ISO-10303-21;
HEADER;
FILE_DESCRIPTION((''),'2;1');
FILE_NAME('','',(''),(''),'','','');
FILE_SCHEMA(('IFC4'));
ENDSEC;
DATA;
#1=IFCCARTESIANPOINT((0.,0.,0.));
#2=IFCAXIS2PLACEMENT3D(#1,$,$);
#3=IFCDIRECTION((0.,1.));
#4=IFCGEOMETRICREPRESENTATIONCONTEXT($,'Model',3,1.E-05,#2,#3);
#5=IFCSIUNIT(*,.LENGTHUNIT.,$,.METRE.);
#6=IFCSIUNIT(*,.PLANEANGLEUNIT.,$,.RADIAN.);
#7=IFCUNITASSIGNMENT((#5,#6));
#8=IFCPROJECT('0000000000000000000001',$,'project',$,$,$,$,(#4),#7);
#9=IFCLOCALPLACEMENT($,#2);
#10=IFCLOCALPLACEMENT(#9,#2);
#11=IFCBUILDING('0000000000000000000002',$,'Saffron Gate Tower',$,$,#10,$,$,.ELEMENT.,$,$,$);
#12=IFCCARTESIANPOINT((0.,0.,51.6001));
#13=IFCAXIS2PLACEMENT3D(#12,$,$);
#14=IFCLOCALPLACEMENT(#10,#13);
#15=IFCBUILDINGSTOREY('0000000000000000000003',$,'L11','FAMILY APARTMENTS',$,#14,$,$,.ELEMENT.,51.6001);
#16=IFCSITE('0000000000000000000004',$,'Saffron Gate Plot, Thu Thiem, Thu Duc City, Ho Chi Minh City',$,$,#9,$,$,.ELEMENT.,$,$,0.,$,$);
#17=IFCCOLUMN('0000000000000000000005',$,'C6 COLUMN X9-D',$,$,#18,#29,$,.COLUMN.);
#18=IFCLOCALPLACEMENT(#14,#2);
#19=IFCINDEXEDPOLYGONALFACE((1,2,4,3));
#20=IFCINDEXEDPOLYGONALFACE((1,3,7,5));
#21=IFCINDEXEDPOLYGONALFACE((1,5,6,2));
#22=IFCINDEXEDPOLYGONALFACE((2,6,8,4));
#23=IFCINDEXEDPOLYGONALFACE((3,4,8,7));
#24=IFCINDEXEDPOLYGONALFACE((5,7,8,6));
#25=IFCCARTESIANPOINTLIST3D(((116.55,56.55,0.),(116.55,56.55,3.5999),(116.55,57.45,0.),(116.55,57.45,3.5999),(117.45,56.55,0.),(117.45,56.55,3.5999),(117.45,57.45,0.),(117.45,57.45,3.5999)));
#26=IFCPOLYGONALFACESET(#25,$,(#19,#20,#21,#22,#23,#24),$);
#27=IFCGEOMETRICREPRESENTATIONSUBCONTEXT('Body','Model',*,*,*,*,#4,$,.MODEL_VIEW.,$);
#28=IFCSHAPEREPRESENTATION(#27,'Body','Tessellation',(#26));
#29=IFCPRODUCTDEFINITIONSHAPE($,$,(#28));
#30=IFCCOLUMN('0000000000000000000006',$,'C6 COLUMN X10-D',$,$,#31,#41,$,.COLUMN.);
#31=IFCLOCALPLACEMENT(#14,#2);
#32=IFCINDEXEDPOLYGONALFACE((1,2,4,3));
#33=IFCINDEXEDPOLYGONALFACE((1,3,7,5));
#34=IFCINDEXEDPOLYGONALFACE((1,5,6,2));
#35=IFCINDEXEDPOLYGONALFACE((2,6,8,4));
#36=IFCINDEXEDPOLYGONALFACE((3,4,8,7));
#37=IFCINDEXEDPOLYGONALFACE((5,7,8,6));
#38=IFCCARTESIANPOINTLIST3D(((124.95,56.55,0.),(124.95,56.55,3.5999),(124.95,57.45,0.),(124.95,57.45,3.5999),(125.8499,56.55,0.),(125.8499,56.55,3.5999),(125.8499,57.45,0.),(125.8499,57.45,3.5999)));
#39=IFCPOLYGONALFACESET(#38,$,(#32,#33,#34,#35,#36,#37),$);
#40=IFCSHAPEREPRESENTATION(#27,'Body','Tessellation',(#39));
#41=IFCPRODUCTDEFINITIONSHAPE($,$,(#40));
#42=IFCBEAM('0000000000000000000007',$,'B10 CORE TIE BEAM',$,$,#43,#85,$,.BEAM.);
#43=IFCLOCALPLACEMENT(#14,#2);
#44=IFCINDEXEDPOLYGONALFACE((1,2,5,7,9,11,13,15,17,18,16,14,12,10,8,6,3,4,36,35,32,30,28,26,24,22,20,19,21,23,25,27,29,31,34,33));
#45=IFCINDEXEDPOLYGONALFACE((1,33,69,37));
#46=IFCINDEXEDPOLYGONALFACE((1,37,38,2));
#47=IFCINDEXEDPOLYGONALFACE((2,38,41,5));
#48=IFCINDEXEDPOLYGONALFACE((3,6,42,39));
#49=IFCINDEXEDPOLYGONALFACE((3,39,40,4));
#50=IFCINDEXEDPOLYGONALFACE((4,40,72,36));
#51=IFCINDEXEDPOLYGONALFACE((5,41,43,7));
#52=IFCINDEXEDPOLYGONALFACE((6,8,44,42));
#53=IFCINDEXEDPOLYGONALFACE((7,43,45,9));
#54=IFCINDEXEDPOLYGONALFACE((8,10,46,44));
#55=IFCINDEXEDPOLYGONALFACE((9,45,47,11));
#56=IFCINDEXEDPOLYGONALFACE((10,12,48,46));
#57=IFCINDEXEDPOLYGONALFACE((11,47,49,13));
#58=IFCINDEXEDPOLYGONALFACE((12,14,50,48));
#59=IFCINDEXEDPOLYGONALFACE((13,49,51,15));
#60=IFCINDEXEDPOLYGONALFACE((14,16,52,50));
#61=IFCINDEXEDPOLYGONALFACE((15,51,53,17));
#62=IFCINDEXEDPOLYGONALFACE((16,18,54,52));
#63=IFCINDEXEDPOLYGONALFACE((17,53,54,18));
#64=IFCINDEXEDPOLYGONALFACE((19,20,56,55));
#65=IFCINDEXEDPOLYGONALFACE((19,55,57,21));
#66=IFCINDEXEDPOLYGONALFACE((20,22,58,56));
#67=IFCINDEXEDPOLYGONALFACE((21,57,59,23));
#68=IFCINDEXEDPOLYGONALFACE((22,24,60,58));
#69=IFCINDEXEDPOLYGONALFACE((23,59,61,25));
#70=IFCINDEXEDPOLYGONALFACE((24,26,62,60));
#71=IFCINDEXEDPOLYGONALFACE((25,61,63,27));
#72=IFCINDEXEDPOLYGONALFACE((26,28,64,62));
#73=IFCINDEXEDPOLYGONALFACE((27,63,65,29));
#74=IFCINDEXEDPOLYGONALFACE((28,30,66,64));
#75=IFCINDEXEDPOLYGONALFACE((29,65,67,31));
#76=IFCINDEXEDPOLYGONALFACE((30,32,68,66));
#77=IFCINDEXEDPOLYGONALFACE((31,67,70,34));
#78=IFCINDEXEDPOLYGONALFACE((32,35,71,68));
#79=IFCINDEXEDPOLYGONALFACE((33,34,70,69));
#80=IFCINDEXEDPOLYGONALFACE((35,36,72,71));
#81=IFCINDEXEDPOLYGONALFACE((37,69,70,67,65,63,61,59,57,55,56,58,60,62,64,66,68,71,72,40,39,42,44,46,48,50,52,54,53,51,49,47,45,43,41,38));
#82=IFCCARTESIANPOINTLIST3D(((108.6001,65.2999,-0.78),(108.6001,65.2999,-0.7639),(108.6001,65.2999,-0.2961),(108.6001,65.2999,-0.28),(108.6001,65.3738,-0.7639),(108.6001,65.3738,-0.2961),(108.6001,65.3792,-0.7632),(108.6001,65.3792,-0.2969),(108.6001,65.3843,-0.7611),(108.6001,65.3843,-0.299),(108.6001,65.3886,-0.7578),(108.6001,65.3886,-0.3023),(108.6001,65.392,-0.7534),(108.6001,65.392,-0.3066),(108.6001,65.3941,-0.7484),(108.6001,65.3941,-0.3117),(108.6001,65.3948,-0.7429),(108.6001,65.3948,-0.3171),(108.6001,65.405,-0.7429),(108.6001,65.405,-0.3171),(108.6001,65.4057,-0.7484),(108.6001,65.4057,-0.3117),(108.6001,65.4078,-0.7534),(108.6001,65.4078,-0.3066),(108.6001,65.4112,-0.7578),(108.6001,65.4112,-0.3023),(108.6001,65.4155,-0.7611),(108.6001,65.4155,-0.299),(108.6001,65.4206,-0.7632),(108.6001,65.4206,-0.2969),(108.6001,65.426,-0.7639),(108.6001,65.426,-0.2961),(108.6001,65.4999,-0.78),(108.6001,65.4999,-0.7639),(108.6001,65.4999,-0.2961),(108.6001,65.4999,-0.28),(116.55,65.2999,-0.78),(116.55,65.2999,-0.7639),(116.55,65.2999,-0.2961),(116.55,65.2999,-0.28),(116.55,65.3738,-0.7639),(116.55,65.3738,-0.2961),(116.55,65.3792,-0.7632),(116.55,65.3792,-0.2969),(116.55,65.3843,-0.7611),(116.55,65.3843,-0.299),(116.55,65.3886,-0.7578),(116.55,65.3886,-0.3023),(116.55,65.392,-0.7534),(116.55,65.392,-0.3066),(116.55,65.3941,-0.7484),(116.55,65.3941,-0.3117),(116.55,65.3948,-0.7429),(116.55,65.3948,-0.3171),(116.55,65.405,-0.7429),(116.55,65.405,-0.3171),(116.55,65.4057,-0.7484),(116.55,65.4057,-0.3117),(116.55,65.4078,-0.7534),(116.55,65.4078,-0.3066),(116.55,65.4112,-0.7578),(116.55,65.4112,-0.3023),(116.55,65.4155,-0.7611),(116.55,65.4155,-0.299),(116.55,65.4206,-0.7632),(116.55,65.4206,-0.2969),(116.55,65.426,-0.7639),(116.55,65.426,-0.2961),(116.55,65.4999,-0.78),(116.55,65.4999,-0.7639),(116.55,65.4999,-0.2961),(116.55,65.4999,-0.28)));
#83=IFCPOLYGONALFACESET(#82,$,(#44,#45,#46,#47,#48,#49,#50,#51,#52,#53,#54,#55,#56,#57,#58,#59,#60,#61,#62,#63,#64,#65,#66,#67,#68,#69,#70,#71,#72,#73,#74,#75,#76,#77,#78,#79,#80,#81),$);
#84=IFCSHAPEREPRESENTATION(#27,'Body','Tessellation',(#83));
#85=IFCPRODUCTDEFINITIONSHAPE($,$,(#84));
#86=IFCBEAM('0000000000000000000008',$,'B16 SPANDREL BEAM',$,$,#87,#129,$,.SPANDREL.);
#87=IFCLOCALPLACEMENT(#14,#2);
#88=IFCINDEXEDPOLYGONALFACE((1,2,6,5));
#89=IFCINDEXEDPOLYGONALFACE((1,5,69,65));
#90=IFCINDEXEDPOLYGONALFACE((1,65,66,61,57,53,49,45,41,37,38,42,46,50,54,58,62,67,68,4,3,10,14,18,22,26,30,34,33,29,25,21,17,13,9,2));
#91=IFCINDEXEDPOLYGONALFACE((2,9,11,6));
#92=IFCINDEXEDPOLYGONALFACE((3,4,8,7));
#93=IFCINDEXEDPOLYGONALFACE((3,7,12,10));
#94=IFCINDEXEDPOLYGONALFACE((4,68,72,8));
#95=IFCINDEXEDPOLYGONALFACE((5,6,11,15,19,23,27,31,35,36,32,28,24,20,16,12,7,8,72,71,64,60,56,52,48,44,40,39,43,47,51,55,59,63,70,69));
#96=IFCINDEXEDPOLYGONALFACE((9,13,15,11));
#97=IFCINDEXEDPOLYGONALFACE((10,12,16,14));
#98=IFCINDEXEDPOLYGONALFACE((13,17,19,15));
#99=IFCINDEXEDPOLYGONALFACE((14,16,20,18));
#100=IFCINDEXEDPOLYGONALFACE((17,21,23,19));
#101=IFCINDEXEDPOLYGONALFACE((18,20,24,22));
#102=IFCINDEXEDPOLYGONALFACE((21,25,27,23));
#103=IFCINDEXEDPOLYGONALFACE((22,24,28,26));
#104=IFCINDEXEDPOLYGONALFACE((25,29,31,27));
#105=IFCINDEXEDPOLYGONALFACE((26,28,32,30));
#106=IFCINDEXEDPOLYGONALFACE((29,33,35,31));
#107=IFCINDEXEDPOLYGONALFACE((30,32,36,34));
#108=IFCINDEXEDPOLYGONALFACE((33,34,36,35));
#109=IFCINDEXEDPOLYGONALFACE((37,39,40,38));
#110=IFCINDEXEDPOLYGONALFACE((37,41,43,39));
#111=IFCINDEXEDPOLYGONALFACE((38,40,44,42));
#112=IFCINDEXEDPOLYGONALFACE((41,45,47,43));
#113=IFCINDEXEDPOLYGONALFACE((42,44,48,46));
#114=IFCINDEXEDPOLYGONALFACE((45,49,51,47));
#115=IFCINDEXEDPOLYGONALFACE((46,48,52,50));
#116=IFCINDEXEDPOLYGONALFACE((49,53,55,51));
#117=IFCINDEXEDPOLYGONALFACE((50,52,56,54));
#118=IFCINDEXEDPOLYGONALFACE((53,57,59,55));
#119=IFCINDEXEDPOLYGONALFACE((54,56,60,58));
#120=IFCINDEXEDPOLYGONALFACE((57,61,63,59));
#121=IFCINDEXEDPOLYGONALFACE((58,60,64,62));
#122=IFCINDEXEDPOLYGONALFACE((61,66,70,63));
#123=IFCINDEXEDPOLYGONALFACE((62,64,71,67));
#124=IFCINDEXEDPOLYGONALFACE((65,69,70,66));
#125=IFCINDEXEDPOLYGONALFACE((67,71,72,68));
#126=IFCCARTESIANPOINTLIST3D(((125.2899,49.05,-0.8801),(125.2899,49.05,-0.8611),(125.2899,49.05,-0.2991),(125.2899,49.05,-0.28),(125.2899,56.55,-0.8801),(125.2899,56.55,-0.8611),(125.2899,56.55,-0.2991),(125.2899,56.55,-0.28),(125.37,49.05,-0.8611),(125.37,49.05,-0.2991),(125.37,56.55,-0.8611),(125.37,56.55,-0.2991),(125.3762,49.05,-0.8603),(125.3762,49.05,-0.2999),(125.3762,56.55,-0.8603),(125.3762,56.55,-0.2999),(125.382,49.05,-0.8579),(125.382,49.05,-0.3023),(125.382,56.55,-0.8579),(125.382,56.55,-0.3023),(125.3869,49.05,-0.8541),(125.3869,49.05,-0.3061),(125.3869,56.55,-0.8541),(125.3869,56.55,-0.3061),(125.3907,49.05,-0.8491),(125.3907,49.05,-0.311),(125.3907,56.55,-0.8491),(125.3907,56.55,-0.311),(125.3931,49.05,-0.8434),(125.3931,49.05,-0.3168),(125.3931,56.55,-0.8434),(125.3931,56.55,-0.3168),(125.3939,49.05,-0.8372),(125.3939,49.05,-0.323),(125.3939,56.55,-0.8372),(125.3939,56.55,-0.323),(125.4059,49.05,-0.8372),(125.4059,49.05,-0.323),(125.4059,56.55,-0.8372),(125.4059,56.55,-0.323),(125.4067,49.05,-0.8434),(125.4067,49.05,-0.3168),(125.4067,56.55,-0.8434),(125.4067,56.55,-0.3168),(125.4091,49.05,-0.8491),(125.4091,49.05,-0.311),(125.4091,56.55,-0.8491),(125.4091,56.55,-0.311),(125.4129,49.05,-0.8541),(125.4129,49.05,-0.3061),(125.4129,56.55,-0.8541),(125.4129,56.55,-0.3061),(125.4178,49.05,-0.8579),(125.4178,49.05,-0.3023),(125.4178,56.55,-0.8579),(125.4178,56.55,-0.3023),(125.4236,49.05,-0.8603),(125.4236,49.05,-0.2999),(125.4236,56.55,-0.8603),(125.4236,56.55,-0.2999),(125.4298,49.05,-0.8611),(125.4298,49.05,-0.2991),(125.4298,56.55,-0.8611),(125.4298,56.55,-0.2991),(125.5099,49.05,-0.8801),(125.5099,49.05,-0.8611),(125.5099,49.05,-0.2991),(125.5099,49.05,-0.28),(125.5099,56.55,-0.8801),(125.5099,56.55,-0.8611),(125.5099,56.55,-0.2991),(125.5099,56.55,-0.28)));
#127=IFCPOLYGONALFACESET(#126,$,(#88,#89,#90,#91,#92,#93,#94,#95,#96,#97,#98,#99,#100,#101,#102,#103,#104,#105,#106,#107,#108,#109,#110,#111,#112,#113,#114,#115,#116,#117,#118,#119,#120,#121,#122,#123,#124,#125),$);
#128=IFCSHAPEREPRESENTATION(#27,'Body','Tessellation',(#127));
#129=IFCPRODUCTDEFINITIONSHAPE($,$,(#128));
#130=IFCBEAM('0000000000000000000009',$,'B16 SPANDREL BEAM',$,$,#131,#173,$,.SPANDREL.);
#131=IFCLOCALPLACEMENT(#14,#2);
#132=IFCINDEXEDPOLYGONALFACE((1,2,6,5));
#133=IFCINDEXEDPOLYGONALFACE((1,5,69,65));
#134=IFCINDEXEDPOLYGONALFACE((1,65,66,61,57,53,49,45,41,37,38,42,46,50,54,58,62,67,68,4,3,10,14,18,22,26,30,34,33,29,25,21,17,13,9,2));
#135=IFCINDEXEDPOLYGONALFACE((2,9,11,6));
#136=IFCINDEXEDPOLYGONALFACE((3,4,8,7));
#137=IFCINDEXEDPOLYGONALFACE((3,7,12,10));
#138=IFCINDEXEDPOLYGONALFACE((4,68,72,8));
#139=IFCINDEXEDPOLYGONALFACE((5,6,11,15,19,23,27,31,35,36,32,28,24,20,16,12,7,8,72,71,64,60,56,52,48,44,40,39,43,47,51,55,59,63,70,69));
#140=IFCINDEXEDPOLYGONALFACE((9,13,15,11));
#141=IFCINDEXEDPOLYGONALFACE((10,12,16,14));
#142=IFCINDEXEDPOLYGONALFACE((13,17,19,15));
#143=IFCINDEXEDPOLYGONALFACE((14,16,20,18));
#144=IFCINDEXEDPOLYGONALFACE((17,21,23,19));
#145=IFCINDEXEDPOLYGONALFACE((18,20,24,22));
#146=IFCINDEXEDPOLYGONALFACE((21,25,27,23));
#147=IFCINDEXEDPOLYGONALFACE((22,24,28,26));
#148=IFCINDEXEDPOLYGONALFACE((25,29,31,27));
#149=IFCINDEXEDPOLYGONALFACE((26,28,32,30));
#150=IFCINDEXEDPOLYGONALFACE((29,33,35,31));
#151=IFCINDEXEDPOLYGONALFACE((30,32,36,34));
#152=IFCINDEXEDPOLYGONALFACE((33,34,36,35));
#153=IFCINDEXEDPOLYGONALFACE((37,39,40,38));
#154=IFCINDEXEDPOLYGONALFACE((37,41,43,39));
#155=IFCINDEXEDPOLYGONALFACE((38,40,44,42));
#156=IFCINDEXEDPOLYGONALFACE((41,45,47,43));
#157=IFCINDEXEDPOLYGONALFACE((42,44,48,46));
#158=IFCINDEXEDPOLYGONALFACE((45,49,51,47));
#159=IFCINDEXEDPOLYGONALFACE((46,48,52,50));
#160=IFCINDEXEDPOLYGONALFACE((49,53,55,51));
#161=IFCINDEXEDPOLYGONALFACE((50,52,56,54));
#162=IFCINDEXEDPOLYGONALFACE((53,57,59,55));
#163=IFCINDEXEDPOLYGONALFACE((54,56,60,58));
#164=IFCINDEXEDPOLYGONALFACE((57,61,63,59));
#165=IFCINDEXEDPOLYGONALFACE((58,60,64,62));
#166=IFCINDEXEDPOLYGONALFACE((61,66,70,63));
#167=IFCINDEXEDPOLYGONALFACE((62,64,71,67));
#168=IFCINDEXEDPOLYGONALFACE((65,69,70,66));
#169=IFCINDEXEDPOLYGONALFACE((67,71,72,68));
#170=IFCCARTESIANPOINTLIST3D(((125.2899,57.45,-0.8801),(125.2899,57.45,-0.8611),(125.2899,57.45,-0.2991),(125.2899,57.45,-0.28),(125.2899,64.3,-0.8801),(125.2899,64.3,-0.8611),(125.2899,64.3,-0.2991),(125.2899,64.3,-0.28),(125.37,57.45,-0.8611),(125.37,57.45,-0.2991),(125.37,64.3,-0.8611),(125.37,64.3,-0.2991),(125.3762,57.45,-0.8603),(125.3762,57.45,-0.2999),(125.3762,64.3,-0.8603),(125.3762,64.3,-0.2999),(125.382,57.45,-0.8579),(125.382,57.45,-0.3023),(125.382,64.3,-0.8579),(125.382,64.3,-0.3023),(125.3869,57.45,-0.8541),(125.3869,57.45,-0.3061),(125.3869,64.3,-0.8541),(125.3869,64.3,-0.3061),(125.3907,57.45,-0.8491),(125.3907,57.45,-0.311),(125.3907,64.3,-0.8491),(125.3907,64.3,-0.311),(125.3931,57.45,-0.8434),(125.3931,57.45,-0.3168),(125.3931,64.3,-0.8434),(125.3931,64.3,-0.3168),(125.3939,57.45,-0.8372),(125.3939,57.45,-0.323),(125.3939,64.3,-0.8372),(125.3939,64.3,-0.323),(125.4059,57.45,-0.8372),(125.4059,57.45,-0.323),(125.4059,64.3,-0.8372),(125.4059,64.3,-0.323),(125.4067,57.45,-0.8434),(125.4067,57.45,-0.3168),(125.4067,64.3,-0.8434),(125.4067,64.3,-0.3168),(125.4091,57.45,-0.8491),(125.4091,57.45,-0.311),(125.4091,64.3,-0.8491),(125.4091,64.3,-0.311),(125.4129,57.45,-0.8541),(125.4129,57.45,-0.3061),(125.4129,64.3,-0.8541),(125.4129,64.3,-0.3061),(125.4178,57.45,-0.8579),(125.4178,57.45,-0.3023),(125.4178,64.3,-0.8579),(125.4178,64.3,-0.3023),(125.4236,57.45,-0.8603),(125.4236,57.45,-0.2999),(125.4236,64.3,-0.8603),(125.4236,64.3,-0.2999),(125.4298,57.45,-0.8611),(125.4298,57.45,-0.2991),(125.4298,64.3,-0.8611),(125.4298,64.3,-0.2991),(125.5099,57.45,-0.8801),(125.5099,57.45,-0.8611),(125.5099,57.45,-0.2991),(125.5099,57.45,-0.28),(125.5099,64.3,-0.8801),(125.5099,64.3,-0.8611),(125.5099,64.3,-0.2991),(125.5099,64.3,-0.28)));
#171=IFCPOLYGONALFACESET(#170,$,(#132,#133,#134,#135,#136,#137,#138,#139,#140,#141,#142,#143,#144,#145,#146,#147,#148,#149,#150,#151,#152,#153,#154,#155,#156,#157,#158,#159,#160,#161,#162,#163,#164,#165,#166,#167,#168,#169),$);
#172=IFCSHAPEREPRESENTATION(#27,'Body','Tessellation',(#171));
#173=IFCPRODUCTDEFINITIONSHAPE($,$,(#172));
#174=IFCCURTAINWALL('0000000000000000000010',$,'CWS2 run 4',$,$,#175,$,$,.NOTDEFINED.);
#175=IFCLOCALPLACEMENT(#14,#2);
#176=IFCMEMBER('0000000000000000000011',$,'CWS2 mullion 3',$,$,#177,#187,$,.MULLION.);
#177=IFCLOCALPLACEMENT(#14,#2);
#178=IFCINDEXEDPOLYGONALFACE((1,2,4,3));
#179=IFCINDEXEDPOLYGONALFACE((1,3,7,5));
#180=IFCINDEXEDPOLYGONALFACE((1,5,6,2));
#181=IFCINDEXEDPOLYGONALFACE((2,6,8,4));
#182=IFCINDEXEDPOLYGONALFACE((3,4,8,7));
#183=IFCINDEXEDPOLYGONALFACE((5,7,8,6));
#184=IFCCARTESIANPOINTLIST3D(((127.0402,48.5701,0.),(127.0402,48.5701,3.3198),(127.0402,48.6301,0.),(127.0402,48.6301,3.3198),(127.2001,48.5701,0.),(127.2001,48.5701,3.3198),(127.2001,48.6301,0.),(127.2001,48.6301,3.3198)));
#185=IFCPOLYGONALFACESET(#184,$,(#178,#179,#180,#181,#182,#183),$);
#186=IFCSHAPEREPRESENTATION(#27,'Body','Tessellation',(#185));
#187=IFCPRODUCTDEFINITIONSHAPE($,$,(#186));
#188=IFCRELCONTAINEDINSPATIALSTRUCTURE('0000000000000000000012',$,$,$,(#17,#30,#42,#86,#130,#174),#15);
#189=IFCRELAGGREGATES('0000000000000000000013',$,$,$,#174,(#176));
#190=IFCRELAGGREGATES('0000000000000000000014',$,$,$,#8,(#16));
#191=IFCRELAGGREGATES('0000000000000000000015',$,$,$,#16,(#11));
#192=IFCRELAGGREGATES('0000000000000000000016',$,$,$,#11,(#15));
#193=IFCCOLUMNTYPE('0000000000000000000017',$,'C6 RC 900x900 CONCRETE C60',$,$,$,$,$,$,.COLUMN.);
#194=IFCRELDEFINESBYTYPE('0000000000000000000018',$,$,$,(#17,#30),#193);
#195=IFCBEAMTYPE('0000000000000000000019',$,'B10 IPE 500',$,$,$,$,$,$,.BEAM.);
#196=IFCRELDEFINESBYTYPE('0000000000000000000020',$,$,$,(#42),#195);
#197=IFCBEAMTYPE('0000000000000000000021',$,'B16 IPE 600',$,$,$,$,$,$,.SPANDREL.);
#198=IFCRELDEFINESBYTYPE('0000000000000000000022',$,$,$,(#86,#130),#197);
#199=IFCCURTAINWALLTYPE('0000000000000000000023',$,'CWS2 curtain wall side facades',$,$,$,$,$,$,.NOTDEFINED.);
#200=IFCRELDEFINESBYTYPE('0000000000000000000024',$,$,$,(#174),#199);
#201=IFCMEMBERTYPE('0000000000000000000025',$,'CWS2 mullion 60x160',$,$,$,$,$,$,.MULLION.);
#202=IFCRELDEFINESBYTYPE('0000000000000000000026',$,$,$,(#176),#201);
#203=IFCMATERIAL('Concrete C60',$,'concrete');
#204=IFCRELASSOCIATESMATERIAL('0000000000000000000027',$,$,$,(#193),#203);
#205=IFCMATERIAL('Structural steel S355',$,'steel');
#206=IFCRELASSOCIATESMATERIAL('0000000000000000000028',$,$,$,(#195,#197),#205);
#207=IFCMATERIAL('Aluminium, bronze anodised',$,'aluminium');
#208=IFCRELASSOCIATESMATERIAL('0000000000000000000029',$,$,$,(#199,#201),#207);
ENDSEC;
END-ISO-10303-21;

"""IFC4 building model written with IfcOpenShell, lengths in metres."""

from ifc_helpers import new_model, si_unit, direction, frame, origin, origin_2d, place, context, subcontext, project, spatial, rectangle, i_section, extrude, material, material_profile, profile_set, type_object, element, aggregate, save


model = new_model("IFC4")

# Units and contexts
model_context = context("Model", 3, precision=1e-05, world=origin(), true_north=direction((0.0, 1.0)))
body_context = subcontext(model_context, "Body", "Model", "MODEL_VIEW")
ifc_project = project(units=[si_unit("LENGTHUNIT", "METRE"), si_unit("PLANEANGLEUNIT", "RADIAN")], contexts=[model_context])

# Site, building, storey
site_placement = place(None, origin())
site = spatial("IfcSite", under=ifc_project, at=site_placement, Name="Saffron Gate Plot, Thu Thiem, Thu Duc City, Ho Chi Minh City", CompositionType="ELEMENT", RefElevation=0.0)
building_placement = place(site_placement, origin())
building = spatial("IfcBuilding", under=site, at=building_placement, Name="Saffron Gate Tower", CompositionType="ELEMENT")
storey_placement = place(building_placement, frame((0.0, 0.0, 51.6001)))
storey = spatial("IfcBuildingStorey", under=building, at=storey_placement, Name="L11", Description="FAMILY APARTMENTS", CompositionType="ELEMENT", Elevation=51.6001)

# Columns
ifc_material_1 = material(Name="Concrete C60", Category="concrete")
ifc_material_profile_1 = material_profile(ifc_material_1, rectangle(XDim=0.8999, YDim=0.8999, at=origin_2d()))
ifc_profile_set_1 = profile_set([ifc_material_profile_1], Name="Concrete C60")
column_type = type_object("IfcColumnType", Name="C6 RC 900x900 CONCRETE C60", PredefinedType="COLUMN", material=ifc_profile_set_1)
for number, where, z_axis, x_axis, name in (
    (1, (117.0, 57.0, 0.0), (0.0, 0.0, 1.0), (1.0, 0.0, 0.0), "C6 COLUMN X9-D"),
    (2, (125.3999, 57.0, 0.0), (0.0, 0.0, 1.0), (1.0, 0.0, 0.0), "C6 COLUMN X10-D"),
):
    element("IfcColumn", number, at=place(storey_placement, frame(where, z_axis=z_axis, x_axis=x_axis)), inside=storey, type_object=column_type, Name=name, PredefinedType="COLUMN", context=body_context, shape_type="SweptSolid", body=[
        extrude(rectangle(XDim=0.8999, YDim=0.8999, at=origin_2d()), origin(), (0.0, 0.0, 1.0), 3.5999),
    ])

# Beams
ifc_material_2 = material(Name="Structural steel S355", Category="steel")
ifc_material_profile_2 = material_profile(ifc_material_2, i_section(OverallWidth=0.2, OverallDepth=0.5, WebThickness=0.0103, FlangeThickness=0.0161, FilletRadius=0.021, at=origin_2d()))
ifc_profile_set_2 = profile_set([ifc_material_profile_2], Name="Structural steel S355")
beam_type_1 = type_object("IfcBeamType", Name="B10 IPE 500", PredefinedType="BEAM", material=ifc_profile_set_2)
beam_1_placement = place(storey_placement, frame((116.55, 65.3999, -0.53), z_axis=(-1.0, 0.0, 0.0), x_axis=(0.0, -1.0, 0.0)))
element("IfcBeam", 3, at=beam_1_placement, inside=storey, type_object=beam_type_1, Name="B10 CORE TIE BEAM", PredefinedType="BEAM", context=body_context, shape_type="SweptSolid", body=[
    extrude(i_section(OverallWidth=0.2, OverallDepth=0.5, WebThickness=0.0103, FlangeThickness=0.0161, FilletRadius=0.021, at=origin_2d()), origin(), (0.0, 0.0, 1.0), 7.95),
])
ifc_material_profile_3 = material_profile(ifc_material_2, i_section(OverallWidth=0.22, OverallDepth=0.6001, WebThickness=0.012, FlangeThickness=0.019, FilletRadius=0.0239, at=origin_2d()))
ifc_profile_set_3 = profile_set([ifc_material_profile_3], Name="Structural steel S355")
beam_type_2 = type_object("IfcBeamType", Name="B16 IPE 600", PredefinedType="SPANDREL", material=ifc_profile_set_3)
beam_2_placement = place(storey_placement, frame((125.3999, 49.05, -0.5801), z_axis=(0.0, 1.0, 0.0), x_axis=(-1.0, 0.0, 0.0)))
element("IfcBeam", 4, at=beam_2_placement, inside=storey, type_object=beam_type_2, Name="B16 SPANDREL BEAM", PredefinedType="SPANDREL", context=body_context, shape_type="SweptSolid", body=[
    extrude(i_section(OverallWidth=0.22, OverallDepth=0.6001, WebThickness=0.012, FlangeThickness=0.019, FilletRadius=0.0239, at=origin_2d()), origin(), (0.0, 0.0, 1.0), 7.5),
])
beam_3_placement = place(storey_placement, frame((125.3999, 57.45, -0.5801), z_axis=(0.0, 1.0, 0.0), x_axis=(-1.0, 0.0, 0.0)))
element("IfcBeam", 5, at=beam_3_placement, inside=storey, type_object=beam_type_2, Name="B16 SPANDREL BEAM", PredefinedType="SPANDREL", context=body_context, shape_type="SweptSolid", body=[
    extrude(i_section(OverallWidth=0.22, OverallDepth=0.6001, WebThickness=0.012, FlangeThickness=0.019, FilletRadius=0.0239, at=origin_2d()), origin(), (0.0, 0.0, 1.0), 6.8501),
])

# Curtain wall, member
ifc_material_3 = material(Name="Aluminium, bronze anodised", Category="aluminium")
curtain_wall_type = type_object("IfcCurtainWallType", Name="CWS2 curtain wall side facades", PredefinedType="NOTDEFINED", material=ifc_material_3)
curtain_wall_placement = place(storey_placement, origin())
curtain_wall = element("IfcCurtainWall", 6, at=curtain_wall_placement, inside=storey, type_object=curtain_wall_type, Name="CWS2 run 4", PredefinedType="NOTDEFINED")
ifc_material_profile_4 = material_profile(ifc_material_3, rectangle(XDim=0.1599, YDim=0.0601, at=origin_2d()))
ifc_profile_set_4 = profile_set([ifc_material_profile_4], Name="Aluminium, bronze anodised")
member_type = type_object("IfcMemberType", Name="CWS2 mullion 60x160", PredefinedType="MULLION", material=ifc_profile_set_4)
member_1_placement = place(storey_placement, frame((127.1201, 48.6001, 0.0), z_axis=(0.0, 0.0, 1.0), x_axis=(-1.0, 0.0, 0.0)))
member_1 = element("IfcMember", 7, at=member_1_placement, type_object=member_type, Name="CWS2 mullion 3", PredefinedType="MULLION", context=body_context, shape_type="SweptSolid", body=[
    extrude(rectangle(XDim=0.1599, YDim=0.0601, at=origin_2d()), origin(), (0.0, 0.0, 1.0), 3.3198),
])
aggregate(curtain_wall, [member_1])

save(model, "model.ifc")
